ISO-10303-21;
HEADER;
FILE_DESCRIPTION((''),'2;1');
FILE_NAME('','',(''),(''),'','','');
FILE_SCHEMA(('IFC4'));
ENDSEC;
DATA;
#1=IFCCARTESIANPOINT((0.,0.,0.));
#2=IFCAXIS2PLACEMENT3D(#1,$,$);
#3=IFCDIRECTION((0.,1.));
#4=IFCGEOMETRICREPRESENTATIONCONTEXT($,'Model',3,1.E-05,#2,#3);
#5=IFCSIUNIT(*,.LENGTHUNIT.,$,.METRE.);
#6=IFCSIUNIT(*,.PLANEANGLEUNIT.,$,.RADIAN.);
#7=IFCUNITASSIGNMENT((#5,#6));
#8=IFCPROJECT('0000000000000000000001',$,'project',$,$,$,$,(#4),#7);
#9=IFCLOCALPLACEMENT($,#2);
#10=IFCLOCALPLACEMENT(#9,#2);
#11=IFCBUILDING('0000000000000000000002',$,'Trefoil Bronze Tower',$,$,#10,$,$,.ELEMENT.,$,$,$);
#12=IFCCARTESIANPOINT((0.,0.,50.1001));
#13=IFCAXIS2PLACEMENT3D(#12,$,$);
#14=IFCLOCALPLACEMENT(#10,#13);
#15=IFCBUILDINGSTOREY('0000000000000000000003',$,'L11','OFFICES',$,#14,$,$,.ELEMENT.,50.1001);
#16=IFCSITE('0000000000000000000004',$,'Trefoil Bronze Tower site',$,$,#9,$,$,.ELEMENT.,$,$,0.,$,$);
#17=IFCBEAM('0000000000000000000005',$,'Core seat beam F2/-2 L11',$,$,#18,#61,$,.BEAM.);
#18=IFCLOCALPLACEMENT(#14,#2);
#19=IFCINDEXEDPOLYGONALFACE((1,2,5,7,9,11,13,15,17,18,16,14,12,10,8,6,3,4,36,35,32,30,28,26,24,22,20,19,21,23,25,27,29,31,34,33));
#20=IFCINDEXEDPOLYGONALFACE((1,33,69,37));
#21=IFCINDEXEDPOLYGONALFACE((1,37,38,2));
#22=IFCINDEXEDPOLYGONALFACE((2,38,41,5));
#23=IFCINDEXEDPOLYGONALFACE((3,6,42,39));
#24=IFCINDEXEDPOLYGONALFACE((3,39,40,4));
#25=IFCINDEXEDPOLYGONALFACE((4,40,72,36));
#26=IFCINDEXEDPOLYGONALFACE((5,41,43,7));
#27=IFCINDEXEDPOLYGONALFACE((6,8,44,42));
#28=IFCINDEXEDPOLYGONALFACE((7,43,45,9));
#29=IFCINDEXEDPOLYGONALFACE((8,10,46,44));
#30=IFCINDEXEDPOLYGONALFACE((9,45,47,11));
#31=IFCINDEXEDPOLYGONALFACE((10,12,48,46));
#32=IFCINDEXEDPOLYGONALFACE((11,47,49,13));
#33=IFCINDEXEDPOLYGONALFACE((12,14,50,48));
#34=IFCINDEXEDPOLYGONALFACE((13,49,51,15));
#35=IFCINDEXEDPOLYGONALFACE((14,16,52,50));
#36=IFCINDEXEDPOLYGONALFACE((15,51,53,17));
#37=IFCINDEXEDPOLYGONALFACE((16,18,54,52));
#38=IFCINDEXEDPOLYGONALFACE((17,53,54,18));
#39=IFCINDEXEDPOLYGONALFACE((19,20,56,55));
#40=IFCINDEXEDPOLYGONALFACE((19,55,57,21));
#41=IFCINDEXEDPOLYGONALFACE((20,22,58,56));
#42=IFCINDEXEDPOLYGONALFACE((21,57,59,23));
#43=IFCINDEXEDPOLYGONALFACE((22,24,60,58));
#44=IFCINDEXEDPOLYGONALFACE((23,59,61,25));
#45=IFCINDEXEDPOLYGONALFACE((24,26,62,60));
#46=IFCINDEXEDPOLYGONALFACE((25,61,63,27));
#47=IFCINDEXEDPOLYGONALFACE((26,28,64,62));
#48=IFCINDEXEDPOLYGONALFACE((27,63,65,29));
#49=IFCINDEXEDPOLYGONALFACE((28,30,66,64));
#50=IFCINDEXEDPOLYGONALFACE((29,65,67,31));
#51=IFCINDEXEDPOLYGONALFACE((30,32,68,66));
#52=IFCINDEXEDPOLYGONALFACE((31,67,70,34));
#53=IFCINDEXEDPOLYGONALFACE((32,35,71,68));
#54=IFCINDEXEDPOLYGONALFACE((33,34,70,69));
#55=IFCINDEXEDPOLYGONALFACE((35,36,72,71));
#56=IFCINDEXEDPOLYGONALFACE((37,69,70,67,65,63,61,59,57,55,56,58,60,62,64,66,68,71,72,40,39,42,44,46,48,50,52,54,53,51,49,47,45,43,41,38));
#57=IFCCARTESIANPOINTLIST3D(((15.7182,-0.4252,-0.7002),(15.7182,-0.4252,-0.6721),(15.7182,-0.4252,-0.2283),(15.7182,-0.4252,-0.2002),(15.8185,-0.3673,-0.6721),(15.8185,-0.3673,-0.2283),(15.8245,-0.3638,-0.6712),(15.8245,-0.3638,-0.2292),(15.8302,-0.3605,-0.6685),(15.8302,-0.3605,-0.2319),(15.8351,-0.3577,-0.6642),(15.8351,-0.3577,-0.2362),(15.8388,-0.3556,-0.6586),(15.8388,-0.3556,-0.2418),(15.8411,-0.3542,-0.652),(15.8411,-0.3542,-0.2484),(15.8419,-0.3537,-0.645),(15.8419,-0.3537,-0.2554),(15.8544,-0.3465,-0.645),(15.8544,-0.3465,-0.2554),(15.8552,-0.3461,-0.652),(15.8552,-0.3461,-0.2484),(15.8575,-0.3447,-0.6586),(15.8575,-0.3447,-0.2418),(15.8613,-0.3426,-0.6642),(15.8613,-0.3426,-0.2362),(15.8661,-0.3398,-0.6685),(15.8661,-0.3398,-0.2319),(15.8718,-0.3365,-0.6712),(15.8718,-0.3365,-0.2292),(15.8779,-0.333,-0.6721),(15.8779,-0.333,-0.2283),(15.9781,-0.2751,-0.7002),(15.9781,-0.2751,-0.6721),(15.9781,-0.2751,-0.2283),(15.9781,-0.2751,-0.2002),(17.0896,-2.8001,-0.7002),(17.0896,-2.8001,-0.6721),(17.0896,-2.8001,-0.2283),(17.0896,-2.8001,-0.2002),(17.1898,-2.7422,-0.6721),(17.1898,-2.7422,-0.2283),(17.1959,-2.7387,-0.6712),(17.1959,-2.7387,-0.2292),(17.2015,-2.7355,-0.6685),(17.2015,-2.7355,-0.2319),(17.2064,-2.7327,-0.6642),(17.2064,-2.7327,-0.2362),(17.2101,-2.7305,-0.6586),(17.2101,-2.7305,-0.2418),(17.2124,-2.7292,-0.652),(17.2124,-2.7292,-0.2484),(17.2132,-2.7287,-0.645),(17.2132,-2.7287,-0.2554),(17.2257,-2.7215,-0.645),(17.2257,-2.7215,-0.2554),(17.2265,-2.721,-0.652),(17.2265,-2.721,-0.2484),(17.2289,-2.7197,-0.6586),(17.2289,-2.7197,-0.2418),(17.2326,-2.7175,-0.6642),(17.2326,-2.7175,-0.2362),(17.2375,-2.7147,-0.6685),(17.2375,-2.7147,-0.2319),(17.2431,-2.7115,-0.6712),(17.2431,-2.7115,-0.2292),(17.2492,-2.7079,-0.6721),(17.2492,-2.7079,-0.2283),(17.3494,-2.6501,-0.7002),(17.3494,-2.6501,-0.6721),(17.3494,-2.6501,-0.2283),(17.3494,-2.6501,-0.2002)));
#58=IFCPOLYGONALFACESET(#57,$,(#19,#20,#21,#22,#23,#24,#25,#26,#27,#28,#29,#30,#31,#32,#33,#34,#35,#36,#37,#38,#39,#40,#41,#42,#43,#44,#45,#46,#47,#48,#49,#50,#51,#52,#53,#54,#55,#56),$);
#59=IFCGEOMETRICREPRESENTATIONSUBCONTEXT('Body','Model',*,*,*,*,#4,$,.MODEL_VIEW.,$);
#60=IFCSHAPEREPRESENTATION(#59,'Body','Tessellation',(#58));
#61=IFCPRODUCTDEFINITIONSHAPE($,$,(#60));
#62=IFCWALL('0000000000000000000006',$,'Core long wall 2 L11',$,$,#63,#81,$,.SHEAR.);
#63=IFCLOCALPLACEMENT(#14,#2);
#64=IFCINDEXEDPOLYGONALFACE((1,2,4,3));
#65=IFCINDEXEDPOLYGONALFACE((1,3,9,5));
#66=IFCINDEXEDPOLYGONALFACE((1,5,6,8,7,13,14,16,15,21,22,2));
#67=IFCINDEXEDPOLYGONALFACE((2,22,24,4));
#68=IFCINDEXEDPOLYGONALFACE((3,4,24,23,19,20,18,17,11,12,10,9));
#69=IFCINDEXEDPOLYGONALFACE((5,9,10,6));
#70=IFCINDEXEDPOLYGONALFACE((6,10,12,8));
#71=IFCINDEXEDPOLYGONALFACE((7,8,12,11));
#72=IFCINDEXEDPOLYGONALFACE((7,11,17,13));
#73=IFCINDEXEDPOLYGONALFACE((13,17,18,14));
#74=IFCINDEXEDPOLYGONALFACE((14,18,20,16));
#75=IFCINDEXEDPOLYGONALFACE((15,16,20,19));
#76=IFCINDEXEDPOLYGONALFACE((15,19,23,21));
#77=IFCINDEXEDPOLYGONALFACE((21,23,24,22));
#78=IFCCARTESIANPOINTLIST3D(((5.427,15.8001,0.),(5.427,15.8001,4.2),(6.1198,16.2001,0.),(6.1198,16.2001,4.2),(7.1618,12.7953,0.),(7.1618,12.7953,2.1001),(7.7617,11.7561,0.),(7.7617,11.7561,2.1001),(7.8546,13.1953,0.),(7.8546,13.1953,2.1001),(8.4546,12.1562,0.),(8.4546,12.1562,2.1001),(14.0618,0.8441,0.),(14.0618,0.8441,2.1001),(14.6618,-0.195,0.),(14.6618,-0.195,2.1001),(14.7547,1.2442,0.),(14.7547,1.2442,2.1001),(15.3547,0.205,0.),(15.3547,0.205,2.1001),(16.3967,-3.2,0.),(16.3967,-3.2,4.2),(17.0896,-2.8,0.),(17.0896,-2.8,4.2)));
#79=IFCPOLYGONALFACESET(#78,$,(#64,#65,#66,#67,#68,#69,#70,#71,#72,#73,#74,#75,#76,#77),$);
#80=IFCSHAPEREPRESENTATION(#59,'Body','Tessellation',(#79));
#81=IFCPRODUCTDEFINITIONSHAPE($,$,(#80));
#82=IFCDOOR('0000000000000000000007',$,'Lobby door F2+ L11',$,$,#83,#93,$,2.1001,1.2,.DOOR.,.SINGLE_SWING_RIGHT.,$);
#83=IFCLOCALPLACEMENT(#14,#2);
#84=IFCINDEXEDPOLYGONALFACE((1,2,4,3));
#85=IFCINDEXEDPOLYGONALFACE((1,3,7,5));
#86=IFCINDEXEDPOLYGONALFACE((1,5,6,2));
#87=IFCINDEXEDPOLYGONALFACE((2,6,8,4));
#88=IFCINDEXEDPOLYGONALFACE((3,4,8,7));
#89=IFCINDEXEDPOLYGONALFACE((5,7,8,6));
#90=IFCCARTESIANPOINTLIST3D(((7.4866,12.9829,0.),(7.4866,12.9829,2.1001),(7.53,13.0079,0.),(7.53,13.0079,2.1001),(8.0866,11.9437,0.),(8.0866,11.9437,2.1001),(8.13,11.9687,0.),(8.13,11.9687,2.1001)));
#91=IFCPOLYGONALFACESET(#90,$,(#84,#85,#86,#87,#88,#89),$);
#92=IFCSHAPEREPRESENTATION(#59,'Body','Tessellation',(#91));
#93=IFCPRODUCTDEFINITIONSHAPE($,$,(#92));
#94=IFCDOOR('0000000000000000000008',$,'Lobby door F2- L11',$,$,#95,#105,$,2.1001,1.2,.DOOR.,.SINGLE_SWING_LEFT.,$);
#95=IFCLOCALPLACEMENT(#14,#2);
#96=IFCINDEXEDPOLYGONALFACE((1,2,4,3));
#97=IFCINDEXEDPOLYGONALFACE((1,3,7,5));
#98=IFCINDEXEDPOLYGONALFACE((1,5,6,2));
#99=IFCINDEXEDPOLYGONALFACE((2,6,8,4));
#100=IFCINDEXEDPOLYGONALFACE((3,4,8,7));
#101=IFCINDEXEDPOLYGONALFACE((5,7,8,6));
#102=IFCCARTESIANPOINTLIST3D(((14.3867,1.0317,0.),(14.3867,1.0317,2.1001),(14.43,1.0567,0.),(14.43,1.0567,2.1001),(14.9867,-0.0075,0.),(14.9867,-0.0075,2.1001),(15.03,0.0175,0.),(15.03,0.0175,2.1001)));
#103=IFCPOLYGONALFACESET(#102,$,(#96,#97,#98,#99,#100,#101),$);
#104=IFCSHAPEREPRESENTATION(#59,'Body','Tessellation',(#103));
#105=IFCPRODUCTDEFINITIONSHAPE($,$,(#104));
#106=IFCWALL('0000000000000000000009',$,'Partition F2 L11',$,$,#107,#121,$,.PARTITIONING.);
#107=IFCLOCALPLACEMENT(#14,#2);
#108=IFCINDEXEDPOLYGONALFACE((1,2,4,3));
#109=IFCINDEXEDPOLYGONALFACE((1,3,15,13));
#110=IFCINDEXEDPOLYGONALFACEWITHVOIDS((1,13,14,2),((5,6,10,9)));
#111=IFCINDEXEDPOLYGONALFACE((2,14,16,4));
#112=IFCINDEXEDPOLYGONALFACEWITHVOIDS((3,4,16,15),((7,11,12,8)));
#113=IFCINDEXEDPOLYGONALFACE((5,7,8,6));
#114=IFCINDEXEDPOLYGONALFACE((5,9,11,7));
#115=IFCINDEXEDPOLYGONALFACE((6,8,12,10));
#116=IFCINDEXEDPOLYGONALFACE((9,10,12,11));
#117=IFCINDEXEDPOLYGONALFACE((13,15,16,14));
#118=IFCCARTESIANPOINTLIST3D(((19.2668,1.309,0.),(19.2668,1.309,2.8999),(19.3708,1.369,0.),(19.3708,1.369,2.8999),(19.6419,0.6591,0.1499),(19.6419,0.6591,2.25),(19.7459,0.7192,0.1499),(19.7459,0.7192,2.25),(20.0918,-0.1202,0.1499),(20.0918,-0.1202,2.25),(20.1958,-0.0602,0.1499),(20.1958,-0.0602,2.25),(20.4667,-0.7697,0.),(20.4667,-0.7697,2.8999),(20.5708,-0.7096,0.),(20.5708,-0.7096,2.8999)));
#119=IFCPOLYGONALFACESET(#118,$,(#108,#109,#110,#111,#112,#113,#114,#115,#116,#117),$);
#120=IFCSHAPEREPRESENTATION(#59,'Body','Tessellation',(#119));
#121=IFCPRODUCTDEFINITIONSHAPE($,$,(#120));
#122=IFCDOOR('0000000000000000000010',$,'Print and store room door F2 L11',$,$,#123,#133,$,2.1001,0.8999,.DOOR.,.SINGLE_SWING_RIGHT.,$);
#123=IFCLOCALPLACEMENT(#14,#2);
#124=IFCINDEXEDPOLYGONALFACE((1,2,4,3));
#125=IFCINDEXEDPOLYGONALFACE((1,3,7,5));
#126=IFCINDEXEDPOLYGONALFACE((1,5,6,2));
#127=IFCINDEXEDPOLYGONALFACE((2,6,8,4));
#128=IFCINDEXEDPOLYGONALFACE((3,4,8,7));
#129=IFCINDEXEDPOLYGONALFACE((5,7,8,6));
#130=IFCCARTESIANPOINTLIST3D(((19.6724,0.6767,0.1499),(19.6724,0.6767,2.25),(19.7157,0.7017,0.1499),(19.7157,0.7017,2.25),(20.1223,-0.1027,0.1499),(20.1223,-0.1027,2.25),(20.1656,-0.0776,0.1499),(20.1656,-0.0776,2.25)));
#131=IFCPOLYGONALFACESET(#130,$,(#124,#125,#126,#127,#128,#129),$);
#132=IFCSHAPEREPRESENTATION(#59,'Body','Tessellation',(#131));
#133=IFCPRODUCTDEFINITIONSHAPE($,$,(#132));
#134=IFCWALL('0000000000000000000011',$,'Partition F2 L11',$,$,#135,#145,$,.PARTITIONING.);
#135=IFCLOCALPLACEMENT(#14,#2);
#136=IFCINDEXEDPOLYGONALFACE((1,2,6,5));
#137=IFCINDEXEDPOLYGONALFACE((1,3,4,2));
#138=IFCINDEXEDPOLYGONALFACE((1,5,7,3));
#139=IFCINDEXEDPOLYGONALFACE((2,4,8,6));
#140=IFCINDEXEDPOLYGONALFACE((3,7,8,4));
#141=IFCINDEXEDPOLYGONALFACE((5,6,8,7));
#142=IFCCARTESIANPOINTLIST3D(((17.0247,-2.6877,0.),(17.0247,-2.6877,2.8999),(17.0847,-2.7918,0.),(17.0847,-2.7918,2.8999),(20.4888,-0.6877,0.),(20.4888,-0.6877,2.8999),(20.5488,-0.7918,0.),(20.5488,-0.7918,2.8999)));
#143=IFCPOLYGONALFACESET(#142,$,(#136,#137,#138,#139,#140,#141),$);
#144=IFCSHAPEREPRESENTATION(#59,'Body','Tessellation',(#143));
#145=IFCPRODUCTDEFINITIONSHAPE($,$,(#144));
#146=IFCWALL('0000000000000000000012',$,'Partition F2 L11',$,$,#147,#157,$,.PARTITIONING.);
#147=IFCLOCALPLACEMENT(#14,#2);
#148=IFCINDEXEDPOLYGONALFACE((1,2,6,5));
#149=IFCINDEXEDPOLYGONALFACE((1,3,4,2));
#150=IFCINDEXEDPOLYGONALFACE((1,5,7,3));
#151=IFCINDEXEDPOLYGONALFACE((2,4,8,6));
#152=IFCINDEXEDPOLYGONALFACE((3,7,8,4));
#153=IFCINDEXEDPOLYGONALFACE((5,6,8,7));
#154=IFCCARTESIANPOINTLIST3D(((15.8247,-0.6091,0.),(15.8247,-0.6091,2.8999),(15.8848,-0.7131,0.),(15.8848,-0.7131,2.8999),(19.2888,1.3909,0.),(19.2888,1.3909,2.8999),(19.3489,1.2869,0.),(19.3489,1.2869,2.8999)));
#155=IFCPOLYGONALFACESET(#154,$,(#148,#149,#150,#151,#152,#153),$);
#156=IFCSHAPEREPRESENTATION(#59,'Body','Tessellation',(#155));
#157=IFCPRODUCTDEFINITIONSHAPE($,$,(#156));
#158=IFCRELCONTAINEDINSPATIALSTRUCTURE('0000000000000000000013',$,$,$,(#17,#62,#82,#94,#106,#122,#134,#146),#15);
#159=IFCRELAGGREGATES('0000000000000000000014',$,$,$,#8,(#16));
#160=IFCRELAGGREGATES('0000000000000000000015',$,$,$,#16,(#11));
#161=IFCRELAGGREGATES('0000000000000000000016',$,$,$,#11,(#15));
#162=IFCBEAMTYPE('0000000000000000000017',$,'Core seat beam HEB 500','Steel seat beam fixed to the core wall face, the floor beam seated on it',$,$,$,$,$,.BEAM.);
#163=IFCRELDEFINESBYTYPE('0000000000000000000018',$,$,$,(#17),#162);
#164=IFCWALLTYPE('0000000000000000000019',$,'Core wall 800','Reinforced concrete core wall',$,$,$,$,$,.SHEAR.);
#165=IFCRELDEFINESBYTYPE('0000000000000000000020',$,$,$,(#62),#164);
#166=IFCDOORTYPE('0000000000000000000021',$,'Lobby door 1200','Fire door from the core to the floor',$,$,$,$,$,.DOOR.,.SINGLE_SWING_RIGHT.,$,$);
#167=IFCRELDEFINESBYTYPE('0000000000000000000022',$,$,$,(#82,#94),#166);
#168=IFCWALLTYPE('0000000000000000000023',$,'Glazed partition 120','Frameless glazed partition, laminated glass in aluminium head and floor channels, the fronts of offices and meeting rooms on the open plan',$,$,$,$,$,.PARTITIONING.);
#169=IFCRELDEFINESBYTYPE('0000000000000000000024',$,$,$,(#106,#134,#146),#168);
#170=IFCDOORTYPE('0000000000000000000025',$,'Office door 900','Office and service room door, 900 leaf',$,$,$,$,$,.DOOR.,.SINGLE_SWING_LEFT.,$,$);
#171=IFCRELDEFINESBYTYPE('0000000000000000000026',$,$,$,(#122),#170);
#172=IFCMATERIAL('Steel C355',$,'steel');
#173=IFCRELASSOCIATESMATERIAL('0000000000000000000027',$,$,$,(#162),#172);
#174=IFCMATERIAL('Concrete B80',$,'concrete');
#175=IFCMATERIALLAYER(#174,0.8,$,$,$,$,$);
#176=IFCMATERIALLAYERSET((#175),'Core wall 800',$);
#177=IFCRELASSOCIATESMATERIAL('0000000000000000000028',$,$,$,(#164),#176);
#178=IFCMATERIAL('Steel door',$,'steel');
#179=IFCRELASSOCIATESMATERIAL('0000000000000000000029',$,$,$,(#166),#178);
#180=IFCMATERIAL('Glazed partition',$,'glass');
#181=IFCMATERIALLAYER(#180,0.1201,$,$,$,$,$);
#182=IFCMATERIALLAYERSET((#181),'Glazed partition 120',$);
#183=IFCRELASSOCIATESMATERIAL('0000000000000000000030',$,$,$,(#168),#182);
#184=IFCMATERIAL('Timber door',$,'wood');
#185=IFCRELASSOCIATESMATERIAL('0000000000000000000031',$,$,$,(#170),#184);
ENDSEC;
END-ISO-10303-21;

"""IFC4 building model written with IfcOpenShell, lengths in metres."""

from ifc_helpers import new_model, si_unit, direction, frame, frame_2d, origin, origin_2d, place, context, subcontext, project, spatial, rectangle, i_section, extrude, material, layer, layer_set, material_profile, profile_set, type_object, element, fill, save


model = new_model("IFC4")

# Units and contexts
model_context = context("Model", 3, precision=1e-05, world=origin(), true_north=direction((0.0, 1.0)))
body_context = subcontext(model_context, "Body", "Model", "MODEL_VIEW")
ifc_project = project(units=[si_unit("LENGTHUNIT", "METRE"), si_unit("PLANEANGLEUNIT", "RADIAN")], contexts=[model_context])

# Site, building, storey
site_placement = place(None, origin())
site = spatial("IfcSite", under=ifc_project, at=site_placement, Name="Trefoil Bronze Tower site", CompositionType="ELEMENT", RefElevation=0.0)
building_placement = place(site_placement, origin())
building = spatial("IfcBuilding", under=site, at=building_placement, Name="Trefoil Bronze Tower", CompositionType="ELEMENT")
storey_placement = place(building_placement, frame((0.0, 0.0, 50.1001)))
storey = spatial("IfcBuildingStorey", under=building, at=storey_placement, Name="L11", Description="OFFICES", CompositionType="ELEMENT", Elevation=50.1001)

# Beam
ifc_material_1 = material(Name="Steel C355", Category="steel")
ifc_material_profile = material_profile(ifc_material_1, i_section(OverallWidth=0.3, OverallDepth=0.5, WebThickness=0.0144, FlangeThickness=0.0281, FilletRadius=0.0271, at=origin_2d()), Name="HEB 500")
ifc_profile_set = profile_set([ifc_material_profile], Name="Steel C355")
beam_type = type_object("IfcBeamType", Name="Core seat beam HEB 500", Description="Steel seat beam fixed to the core wall face, the floor beam seated on it", PredefinedType="BEAM", material=ifc_profile_set)
beam_placement = place(storey_placement, frame((17.2195, -2.7251, -0.4502), z_axis=(-0.500036, 0.866005, 0.0), x_axis=(-0.866005, -0.500036, 0.0)))
element("IfcBeam", 1, at=beam_placement, inside=storey, type_object=beam_type, Name="Core seat beam F2/-2 L11", PredefinedType="BEAM", context=body_context, shape_type="SweptSolid", body=[
    extrude(i_section(OverallWidth=0.3, OverallDepth=0.5, WebThickness=0.0144, FlangeThickness=0.0281, FilletRadius=0.0271, at=origin_2d()), origin(), (0.0, 0.0, 1.0), 2.7424),
])

# Wall, openings, doors
ifc_material_2 = material(Name="Concrete B80", Category="concrete")
ifc_layer_1 = layer(ifc_material_2, 0.8)
ifc_layer_set_1 = layer_set([ifc_layer_1], Name="Core wall 800")
wall_type_1 = type_object("IfcWallType", Name="Core wall 800", Description="Reinforced concrete core wall", PredefinedType="SHEAR", material=ifc_layer_set_1)
wall_1_placement = place(storey_placement, frame((16.7432, -3.0, 0.0), z_axis=(0.0, 0.0, 1.0), x_axis=(-0.500002, 0.866024, 0.0)))
wall_1 = element("IfcWall", 2, at=wall_1_placement, inside=storey, type_object=wall_type_1, Name="Core long wall 2 L11", PredefinedType="SHEAR", context=body_context, shape_type="SweptSolid", body=[
    extrude(rectangle(XDim=21.9395, YDim=0.8, at=frame_2d((10.9697, 0.0))), origin(), (0.0, 0.0, 1.0), 4.2),
])
opening_1_placement = place(wall_1_placement, frame((17.2698, 0.0, 0.0)))
opening_1 = element("IfcOpeningElement", 3, at=opening_1_placement, cuts=wall_1, PredefinedType="OPENING", context=body_context, shape_type="SweptSolid", body=[
    extrude(rectangle(XDim=1.2, YDim=2.1001, at=frame_2d((0.6001, 1.05))), frame((0.0, 0.4099, 0.0), z_axis=(0.0, -1.0, 0.0), x_axis=(1.0, 0.0, 0.0)), (0.0, 0.0, 1.0), 0.8201),
])
opening_2_placement = place(wall_1_placement, frame((3.4697, 0.0, 0.0)))
opening_2 = element("IfcOpeningElement", 4, at=opening_2_placement, cuts=wall_1, PredefinedType="OPENING", context=body_context, shape_type="SweptSolid", body=[
    extrude(rectangle(XDim=1.2, YDim=2.1001, at=frame_2d((0.6001, 1.05))), frame((0.0, 0.4099, 0.0), z_axis=(0.0, -1.0, 0.0), x_axis=(1.0, 0.0, 0.0)), (0.0, 0.0, 1.0), 0.8201),
])
ifc_material_3 = material(Name="Steel door", Category="steel")
door_type_1 = type_object("IfcDoorType", Name="Lobby door 1200", Description="Fire door from the core to the floor", OperationType="SINGLE_SWING_RIGHT", PredefinedType="DOOR", material=ifc_material_3)
door_1_placement = place(opening_1_placement, origin())
door_1 = element("IfcDoor", 5, at=door_1_placement, inside=storey, type_object=door_type_1, Name="Lobby door F2+ L11", OperationType="SINGLE_SWING_RIGHT", OverallHeight=2.1001, OverallWidth=1.2, PredefinedType="DOOR", context=body_context, shape_type="SweptSolid", body=[
    extrude(rectangle(XDim=1.2, YDim=2.1001, at=frame_2d((0.6001, 1.05))), frame((0.0, 0.0249, 0.0), z_axis=(0.0, -1.0, 0.0), x_axis=(1.0, 0.0, 0.0)), (0.0, 0.0, 1.0), 0.05),
])
fill(opening_1, door_1)
door_2_placement = place(opening_2_placement, origin())
door_2 = element("IfcDoor", 6, at=door_2_placement, inside=storey, type_object=door_type_1, Name="Lobby door F2- L11", OperationType="SINGLE_SWING_LEFT", OverallHeight=2.1001, OverallWidth=1.2, PredefinedType="DOOR", context=body_context, shape_type="SweptSolid", body=[
    extrude(rectangle(XDim=1.2, YDim=2.1001, at=frame_2d((0.6001, 1.05))), frame((0.0, 0.0249, 0.0), z_axis=(0.0, -1.0, 0.0), x_axis=(1.0, 0.0, 0.0)), (0.0, 0.0, 1.0), 0.05),
])
fill(opening_2, door_2)

# Wall, opening, door
ifc_material_4 = material(Name="Glazed partition", Category="glass")
ifc_layer_2 = layer(ifc_material_4, 0.1201)
ifc_layer_set_2 = layer_set([ifc_layer_2], Name="Glazed partition 120")
wall_type_2 = type_object("IfcWallType", Name="Glazed partition 120", Description="Frameless glazed partition, laminated glass in aluminium head and floor channels, the fronts of offices and meeting rooms on the open plan", PredefinedType="PARTITIONING", material=ifc_layer_set_2)
wall_2_placement = place(storey_placement, frame((20.5188, -0.7397, 0.0), z_axis=(0.0, 0.0, 1.0), x_axis=(-0.499957, 0.86605, 0.0)))
wall_2 = element("IfcWall", 7, at=wall_2_placement, inside=storey, type_object=wall_type_2, Name="Partition F2 L11", PredefinedType="PARTITIONING", context=body_context, shape_type="SweptSolid", body=[
    extrude(rectangle(XDim=2.4001, YDim=0.1201, at=frame_2d((1.2002, 0.0))), origin(), (0.0, 0.0, 1.0), 2.8999),
])
opening_3_placement = place(wall_2_placement, frame((0.75, 0.0, 0.1499)))
opening_3 = element("IfcOpeningElement", 8, at=opening_3_placement, cuts=wall_2, PredefinedType="OPENING", context=body_context, shape_type="SweptSolid", body=[
    extrude(rectangle(XDim=0.8999, YDim=2.1001, at=frame_2d((0.45, 1.05))), frame((0.0, 0.0701, 0.0), z_axis=(0.0, -1.0, 0.0), x_axis=(1.0, 0.0, 0.0)), (0.0, 0.0, 1.0), 0.1401),
])
ifc_material_5 = material(Name="Timber door", Category="wood")
door_type_2 = type_object("IfcDoorType", Name="Office door 900", Description="Office and service room door, 900 leaf", OperationType="SINGLE_SWING_LEFT", PredefinedType="DOOR", material=ifc_material_5)
door_3_placement = place(opening_3_placement, origin())
door_3 = element("IfcDoor", 9, at=door_3_placement, inside=storey, type_object=door_type_2, Name="Print and store room door F2 L11", OperationType="SINGLE_SWING_RIGHT", OverallHeight=2.1001, OverallWidth=0.8999, PredefinedType="DOOR", context=body_context, shape_type="SweptSolid", body=[
    extrude(rectangle(XDim=0.8999, YDim=2.1001, at=frame_2d((0.45, 1.05))), frame((0.0, 0.0249, 0.0), z_axis=(0.0, -1.0, 0.0), x_axis=(1.0, 0.0, 0.0)), (0.0, 0.0, 1.0), 0.05),
])
fill(opening_3, door_3)

# Walls
for number, where, z_axis, x_axis, name in (
    (10, (17.0547, -2.7397, 0.0), (0.0, 0.0, 1.0), (0.866026, 0.499999, 0.0), "Partition F2 L11"),
    (11, (15.8547, -0.6611, 0.0), (0.0, 0.0, 1.0), (0.866026, 0.499999, 0.0), "Partition F2 L11"),
):
    element("IfcWall", number, at=place(storey_placement, frame(where, z_axis=z_axis, x_axis=x_axis)), inside=storey, type_object=wall_type_2, Name=name, PredefinedType="PARTITIONING", context=body_context, shape_type="SweptSolid", body=[
        extrude(rectangle(XDim=4.0, YDim=0.1201, at=frame_2d((2.0, 0.0))), origin(), (0.0, 0.0, 1.0), 2.8999),
    ])

save(model, "model.ifc")
